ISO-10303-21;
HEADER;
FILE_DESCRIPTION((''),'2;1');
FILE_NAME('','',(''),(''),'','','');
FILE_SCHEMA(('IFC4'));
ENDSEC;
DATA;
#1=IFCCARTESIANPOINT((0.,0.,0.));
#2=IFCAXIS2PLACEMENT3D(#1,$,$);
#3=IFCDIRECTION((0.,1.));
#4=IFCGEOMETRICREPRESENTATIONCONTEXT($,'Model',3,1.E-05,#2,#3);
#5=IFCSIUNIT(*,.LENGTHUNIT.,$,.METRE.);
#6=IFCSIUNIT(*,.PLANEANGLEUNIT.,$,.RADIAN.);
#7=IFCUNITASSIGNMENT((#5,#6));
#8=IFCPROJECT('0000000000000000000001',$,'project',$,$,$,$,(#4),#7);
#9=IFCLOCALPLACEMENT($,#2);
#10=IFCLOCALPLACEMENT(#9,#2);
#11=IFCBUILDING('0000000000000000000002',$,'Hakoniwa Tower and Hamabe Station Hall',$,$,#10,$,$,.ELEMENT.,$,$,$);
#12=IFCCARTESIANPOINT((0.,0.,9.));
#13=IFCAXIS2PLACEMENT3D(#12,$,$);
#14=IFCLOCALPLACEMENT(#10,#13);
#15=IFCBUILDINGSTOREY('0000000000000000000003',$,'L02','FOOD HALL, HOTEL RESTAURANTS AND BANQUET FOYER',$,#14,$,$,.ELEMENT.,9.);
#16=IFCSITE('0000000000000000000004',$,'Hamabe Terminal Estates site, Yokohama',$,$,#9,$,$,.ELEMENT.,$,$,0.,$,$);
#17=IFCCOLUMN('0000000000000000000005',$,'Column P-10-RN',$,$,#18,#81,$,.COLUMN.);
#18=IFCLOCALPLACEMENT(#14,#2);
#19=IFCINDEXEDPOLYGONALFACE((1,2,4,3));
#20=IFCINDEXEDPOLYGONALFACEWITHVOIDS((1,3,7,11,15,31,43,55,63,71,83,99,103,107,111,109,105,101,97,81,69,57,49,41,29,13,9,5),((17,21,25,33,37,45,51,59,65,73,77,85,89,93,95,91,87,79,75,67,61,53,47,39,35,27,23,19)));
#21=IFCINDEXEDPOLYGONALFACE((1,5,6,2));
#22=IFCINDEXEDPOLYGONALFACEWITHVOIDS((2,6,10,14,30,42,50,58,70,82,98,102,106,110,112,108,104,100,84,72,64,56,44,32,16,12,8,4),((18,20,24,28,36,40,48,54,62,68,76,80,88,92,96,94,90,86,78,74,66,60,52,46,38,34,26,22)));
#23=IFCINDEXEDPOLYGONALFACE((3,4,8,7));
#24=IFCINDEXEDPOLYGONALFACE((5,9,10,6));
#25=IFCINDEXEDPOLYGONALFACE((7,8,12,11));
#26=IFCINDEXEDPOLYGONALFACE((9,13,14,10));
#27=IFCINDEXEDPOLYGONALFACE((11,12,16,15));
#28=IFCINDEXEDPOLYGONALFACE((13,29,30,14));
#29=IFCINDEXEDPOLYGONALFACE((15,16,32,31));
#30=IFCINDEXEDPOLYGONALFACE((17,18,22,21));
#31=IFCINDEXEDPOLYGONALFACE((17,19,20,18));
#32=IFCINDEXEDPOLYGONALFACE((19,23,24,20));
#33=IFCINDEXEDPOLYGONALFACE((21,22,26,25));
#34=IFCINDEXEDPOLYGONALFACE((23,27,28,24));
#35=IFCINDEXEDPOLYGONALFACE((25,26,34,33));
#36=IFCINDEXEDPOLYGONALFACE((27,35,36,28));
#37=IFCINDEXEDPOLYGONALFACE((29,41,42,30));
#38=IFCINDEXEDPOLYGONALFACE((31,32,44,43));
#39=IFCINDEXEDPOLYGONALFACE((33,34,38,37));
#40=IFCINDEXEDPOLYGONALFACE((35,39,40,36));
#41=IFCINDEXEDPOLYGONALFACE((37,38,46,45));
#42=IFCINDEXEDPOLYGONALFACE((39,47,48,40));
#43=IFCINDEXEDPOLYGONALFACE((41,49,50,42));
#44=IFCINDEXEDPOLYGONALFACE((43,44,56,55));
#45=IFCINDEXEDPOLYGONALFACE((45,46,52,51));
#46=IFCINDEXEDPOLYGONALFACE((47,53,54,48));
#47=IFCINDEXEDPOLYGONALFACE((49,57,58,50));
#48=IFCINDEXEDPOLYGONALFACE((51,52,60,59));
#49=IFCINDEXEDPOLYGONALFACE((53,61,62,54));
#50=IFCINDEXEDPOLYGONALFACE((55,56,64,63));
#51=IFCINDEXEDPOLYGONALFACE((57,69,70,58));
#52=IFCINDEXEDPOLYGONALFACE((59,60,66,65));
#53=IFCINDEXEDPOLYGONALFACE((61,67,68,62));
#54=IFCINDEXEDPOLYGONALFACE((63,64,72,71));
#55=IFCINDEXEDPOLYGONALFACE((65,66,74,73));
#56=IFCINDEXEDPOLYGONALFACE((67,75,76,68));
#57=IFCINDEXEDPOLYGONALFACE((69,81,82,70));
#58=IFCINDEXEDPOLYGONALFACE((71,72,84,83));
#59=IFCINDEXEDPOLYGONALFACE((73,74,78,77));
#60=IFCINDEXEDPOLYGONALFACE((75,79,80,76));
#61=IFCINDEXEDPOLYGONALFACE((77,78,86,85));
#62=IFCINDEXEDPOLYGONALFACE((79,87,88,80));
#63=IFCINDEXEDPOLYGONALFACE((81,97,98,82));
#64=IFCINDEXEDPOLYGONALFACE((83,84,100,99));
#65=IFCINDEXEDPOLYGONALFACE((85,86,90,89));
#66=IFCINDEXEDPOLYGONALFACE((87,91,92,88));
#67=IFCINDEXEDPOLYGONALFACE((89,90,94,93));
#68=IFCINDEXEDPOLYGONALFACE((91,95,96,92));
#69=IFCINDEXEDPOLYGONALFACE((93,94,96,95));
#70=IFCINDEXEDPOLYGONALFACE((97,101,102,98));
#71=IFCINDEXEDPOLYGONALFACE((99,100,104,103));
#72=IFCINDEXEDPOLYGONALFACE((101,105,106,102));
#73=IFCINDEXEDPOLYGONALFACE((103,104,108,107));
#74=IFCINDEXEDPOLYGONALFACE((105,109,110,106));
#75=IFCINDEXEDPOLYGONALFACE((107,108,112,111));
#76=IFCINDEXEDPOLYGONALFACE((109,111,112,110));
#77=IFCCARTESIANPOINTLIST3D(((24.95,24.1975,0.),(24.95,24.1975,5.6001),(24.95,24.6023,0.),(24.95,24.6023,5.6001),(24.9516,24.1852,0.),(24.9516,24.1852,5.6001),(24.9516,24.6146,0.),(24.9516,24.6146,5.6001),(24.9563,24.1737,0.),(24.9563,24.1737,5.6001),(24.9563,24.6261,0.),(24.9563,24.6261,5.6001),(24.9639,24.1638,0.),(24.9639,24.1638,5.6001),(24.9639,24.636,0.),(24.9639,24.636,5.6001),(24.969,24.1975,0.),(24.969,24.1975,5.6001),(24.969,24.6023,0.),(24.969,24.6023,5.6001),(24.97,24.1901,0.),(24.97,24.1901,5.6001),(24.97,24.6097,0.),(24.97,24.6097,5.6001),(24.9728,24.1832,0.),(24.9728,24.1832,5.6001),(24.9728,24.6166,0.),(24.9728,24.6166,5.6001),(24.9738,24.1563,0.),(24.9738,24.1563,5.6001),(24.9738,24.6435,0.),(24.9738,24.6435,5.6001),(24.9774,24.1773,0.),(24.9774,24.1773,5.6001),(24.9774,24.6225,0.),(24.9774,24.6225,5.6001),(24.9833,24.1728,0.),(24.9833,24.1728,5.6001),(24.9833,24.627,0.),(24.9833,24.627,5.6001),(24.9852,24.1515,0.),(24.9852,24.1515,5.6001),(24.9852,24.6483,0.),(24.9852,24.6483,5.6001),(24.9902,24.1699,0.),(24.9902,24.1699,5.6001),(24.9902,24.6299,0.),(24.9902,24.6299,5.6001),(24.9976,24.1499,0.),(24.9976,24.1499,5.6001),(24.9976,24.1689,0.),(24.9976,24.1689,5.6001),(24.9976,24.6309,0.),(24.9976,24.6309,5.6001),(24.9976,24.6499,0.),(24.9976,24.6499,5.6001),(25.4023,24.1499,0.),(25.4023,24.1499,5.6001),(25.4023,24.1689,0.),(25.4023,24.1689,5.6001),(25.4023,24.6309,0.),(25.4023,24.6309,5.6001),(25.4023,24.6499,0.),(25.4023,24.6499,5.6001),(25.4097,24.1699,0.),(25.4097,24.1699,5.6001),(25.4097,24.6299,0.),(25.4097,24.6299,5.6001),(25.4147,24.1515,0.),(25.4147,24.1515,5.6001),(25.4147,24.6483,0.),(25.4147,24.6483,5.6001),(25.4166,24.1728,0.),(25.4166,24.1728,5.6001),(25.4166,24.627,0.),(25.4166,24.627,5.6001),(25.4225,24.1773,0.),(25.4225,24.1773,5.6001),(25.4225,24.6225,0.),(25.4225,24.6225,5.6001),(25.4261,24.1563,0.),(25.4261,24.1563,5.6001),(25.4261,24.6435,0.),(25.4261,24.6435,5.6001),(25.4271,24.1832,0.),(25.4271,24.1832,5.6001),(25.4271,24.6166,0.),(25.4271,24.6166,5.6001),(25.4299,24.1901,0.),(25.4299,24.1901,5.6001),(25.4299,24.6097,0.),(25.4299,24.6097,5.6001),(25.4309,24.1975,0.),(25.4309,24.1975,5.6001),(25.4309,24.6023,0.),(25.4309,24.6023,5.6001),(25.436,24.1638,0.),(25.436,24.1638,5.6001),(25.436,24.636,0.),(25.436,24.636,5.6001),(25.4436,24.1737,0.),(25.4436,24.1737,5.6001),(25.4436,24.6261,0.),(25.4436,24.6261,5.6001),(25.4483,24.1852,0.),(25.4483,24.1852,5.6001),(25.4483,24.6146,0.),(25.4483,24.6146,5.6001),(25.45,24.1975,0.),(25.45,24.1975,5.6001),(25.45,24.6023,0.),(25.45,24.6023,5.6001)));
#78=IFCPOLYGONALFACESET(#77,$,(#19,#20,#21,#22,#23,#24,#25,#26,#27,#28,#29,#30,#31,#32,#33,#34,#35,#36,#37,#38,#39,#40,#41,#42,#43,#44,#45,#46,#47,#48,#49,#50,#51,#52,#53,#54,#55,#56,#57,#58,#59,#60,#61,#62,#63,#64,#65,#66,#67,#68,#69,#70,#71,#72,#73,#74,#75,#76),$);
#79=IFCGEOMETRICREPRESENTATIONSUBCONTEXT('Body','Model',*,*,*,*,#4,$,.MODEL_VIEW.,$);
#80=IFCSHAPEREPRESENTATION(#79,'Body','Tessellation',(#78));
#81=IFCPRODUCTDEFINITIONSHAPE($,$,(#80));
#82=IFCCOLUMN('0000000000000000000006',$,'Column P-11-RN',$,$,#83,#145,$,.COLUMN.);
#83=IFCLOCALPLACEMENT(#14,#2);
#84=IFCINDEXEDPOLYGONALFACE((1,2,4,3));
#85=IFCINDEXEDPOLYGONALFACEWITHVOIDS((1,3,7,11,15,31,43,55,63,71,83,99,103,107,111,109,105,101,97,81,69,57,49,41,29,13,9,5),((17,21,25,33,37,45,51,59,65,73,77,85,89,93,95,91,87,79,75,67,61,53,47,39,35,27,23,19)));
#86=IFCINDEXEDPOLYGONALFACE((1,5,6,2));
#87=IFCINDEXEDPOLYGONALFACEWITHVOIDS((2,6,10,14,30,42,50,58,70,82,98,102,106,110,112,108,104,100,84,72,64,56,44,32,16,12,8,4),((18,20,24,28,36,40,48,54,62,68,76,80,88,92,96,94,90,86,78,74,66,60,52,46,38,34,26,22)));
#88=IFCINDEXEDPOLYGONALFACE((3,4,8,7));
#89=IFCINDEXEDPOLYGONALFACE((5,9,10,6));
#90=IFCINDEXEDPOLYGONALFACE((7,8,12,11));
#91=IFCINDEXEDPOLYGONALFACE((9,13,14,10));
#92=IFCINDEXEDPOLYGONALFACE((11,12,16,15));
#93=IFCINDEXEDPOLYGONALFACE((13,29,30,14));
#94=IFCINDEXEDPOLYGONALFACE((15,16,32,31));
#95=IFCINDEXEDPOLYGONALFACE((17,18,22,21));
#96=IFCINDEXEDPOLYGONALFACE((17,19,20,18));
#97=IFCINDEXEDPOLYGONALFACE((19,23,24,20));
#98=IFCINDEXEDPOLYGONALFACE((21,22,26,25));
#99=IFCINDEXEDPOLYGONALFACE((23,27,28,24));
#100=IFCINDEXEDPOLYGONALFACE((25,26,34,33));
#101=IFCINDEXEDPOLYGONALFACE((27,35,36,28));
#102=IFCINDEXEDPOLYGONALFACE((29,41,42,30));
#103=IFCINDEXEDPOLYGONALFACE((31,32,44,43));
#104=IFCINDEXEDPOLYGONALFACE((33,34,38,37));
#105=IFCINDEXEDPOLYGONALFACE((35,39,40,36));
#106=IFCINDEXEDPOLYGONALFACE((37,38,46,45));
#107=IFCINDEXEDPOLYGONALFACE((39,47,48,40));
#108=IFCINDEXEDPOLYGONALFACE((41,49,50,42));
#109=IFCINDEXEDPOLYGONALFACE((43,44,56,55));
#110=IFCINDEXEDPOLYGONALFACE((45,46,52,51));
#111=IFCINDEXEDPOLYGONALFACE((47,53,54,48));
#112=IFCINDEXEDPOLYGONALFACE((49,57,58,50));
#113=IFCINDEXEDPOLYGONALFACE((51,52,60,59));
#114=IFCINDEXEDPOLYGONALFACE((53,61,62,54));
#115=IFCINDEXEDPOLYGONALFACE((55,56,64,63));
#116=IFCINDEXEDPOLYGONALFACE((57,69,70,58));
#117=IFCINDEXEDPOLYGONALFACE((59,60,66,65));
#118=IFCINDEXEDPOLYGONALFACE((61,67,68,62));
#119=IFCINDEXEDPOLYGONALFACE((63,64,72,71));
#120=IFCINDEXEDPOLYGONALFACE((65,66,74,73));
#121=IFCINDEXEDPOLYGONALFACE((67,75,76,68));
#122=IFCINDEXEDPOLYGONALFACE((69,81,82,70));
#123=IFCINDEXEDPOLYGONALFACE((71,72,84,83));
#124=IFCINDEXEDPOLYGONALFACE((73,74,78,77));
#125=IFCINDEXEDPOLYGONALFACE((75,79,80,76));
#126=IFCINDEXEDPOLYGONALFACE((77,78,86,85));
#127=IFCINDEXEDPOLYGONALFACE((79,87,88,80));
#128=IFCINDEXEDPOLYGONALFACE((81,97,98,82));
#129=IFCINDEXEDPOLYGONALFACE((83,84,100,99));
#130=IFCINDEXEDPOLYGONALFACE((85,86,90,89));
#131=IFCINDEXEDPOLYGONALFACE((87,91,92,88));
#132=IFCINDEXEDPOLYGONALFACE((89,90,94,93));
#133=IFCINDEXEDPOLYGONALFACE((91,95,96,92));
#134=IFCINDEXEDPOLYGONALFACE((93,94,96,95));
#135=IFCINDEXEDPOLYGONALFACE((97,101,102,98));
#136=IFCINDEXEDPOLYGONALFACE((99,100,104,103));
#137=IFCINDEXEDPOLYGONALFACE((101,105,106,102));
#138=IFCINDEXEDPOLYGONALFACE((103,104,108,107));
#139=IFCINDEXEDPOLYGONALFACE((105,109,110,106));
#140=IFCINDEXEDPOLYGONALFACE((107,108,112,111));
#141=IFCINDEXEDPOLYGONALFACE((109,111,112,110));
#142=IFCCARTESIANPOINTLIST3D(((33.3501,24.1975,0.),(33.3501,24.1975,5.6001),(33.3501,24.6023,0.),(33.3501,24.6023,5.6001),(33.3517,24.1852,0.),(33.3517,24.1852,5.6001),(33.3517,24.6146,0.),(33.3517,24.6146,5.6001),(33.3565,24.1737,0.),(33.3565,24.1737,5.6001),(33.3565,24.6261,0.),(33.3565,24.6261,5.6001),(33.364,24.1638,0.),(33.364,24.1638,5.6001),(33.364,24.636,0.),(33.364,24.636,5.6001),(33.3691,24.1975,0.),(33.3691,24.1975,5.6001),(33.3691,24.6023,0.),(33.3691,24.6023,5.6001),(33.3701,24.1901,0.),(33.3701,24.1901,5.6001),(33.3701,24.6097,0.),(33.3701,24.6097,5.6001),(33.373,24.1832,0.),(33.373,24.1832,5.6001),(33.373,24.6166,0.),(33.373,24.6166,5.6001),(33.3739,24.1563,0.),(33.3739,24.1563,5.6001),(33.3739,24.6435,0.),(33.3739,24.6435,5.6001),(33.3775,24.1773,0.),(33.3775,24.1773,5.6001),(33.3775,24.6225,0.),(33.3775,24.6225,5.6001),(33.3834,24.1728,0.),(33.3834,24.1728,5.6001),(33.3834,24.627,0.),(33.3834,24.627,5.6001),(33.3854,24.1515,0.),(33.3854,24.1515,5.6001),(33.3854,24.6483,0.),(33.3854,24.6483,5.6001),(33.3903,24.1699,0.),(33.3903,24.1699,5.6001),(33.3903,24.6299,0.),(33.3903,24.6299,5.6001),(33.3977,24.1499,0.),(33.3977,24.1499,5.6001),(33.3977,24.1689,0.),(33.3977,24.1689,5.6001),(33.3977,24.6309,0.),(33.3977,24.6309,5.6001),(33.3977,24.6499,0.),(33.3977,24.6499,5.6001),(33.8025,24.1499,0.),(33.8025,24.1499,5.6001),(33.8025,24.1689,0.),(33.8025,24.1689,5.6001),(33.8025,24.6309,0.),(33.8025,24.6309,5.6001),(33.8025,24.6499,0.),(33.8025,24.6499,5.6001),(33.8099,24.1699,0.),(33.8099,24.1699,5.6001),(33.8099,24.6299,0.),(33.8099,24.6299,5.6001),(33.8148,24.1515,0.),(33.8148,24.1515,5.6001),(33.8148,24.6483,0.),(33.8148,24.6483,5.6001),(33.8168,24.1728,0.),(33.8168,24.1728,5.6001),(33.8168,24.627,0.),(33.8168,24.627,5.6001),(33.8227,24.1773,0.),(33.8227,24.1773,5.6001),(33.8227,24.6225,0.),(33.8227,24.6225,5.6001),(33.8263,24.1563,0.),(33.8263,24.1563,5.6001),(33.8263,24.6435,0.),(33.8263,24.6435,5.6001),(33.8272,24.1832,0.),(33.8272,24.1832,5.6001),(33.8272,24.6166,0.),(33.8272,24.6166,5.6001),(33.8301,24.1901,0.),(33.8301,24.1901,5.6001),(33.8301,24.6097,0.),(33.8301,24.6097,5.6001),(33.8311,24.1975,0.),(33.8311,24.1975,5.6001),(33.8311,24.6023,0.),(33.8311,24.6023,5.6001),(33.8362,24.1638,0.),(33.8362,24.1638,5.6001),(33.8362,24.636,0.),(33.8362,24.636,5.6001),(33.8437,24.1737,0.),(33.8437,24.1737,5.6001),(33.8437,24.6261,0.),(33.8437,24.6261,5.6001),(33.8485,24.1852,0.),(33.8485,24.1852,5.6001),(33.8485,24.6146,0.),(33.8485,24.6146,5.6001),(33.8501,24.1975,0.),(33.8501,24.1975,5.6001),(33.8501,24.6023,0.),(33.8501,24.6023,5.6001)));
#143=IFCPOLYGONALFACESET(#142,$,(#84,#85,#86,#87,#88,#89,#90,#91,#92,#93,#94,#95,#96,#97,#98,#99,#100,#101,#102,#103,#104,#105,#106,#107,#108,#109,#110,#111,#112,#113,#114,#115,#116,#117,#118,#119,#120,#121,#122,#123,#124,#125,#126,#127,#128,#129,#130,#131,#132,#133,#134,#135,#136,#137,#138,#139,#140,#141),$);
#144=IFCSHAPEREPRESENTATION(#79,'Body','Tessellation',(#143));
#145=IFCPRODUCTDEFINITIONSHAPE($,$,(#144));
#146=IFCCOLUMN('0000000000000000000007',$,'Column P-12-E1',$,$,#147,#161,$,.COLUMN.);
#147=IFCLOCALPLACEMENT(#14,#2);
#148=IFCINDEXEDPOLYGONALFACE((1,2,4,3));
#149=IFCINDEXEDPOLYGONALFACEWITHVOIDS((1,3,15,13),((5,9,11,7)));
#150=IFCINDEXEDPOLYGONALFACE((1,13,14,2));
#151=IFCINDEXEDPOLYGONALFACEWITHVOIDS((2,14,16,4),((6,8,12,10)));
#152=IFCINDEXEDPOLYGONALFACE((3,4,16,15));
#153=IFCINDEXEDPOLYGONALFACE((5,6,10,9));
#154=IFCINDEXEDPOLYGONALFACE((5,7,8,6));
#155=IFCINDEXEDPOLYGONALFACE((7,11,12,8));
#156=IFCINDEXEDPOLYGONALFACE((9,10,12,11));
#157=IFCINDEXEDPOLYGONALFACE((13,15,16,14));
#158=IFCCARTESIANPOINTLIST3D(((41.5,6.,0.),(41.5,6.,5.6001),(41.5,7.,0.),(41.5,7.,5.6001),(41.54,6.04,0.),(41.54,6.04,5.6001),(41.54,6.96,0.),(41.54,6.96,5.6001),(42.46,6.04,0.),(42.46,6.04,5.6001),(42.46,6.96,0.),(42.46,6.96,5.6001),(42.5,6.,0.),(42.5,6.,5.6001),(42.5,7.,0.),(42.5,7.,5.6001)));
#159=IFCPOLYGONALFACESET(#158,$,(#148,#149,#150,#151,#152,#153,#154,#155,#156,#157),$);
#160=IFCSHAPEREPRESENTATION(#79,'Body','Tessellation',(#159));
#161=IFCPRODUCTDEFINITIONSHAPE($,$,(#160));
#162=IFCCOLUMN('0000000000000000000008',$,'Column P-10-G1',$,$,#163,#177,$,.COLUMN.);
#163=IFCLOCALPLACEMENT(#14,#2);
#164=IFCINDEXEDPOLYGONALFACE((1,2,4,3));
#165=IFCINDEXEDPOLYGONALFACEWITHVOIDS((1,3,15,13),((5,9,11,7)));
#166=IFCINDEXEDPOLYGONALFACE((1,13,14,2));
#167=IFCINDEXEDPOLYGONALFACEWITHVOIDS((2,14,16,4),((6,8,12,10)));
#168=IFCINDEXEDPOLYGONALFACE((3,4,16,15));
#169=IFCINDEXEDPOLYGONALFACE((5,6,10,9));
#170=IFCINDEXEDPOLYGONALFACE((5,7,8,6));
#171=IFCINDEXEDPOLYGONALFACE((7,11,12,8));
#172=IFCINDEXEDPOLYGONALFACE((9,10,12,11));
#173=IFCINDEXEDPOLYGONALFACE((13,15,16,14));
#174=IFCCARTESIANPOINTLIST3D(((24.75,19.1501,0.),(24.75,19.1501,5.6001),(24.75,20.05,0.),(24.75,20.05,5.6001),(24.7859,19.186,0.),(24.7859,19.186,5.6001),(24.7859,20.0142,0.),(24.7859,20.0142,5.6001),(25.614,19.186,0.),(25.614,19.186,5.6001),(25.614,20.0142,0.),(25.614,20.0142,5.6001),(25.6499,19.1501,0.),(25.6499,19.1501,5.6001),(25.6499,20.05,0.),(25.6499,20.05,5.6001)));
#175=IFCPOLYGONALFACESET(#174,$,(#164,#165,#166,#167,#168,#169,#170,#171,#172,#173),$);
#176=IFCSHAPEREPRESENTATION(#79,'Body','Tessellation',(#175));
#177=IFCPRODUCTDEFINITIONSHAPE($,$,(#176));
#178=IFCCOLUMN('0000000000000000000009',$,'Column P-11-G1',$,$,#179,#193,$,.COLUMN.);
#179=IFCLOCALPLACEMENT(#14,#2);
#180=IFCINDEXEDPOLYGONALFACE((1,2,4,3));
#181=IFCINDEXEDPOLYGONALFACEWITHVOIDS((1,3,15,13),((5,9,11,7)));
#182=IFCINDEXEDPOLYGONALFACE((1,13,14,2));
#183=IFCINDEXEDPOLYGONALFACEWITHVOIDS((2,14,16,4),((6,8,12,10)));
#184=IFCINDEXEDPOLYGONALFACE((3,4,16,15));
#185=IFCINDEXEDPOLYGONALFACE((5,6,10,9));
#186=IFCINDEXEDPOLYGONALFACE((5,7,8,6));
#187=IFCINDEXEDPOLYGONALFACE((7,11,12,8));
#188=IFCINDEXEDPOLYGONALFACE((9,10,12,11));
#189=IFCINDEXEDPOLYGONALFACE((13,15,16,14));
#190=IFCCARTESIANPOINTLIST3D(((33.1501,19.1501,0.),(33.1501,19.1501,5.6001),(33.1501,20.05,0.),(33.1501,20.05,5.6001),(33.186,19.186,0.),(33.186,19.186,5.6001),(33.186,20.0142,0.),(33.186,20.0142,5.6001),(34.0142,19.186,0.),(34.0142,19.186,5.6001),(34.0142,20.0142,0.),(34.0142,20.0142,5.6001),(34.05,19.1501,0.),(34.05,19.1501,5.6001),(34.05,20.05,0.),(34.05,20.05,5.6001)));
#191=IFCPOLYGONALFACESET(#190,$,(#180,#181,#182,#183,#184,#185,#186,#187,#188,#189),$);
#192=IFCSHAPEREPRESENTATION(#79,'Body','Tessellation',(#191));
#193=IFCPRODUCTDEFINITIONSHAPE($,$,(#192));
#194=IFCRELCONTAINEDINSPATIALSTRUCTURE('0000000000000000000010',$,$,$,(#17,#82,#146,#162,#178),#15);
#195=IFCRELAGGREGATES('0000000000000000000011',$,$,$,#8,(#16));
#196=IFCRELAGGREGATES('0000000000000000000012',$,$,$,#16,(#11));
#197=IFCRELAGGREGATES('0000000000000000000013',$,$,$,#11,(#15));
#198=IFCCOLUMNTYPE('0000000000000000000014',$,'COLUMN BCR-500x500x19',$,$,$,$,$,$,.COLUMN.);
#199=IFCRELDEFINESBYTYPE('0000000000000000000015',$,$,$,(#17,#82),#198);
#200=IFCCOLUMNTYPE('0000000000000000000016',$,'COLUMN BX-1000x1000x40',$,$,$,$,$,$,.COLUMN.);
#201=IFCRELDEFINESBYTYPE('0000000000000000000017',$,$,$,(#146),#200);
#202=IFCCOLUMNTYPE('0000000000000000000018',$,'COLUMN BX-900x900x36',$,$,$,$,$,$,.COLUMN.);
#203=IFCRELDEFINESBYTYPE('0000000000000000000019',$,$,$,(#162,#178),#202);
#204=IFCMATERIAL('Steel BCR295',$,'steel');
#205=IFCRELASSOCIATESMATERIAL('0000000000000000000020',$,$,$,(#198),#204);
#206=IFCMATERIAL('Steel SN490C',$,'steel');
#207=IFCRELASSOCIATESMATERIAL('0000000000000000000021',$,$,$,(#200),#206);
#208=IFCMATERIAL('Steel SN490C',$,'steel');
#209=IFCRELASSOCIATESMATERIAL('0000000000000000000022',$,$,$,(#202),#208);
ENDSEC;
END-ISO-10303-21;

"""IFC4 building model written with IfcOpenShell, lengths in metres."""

from ifc_helpers import new_model, si_unit, direction, frame, origin, origin_2d, place, context, subcontext, project, spatial, hollow_rectangle, extrude, material, material_profile, profile_set, type_object, element, save


model = new_model("IFC4")

# Units and contexts
model_context = context("Model", 3, precision=1e-05, world=origin(), true_north=direction((0.0, 1.0)))
body_context = subcontext(model_context, "Body", "Model", "MODEL_VIEW")
ifc_project = project(units=[si_unit("LENGTHUNIT", "METRE"), si_unit("PLANEANGLEUNIT", "RADIAN")], contexts=[model_context])

# Site, building, storey
site_placement = place(None, origin())
site = spatial("IfcSite", under=ifc_project, at=site_placement, Name="Hamabe Terminal Estates site, Yokohama", CompositionType="ELEMENT", RefElevation=0.0)
building_placement = place(site_placement, origin())
building = spatial("IfcBuilding", under=site, at=building_placement, Name="Hakoniwa Tower and Hamabe Station Hall", CompositionType="ELEMENT")
storey_placement = place(building_placement, frame((0.0, 0.0, 9.0)))
storey = spatial("IfcBuildingStorey", under=building, at=storey_placement, Name="L02", Description="FOOD HALL, HOTEL RESTAURANTS AND BANQUET FOYER", CompositionType="ELEMENT", Elevation=9.0)

# Columns
ifc_material_1 = material(Name="Steel BCR295", Category="steel")
ifc_material_profile_1 = material_profile(ifc_material_1, hollow_rectangle(XDim=0.5, YDim=0.5, WallThickness=0.019, InnerFilletRadius=0.0286, OuterFilletRadius=0.0476, at=origin_2d()), Name="BCR-500x500x19")
ifc_profile_set_1 = profile_set([ifc_material_profile_1], Name="Steel BCR295")
column_type_1 = type_object("IfcColumnType", Name="COLUMN BCR-500x500x19", PredefinedType="COLUMN", material=ifc_profile_set_1)
for number, where, z_axis, x_axis, name in (
    (1, (25.2, 24.3999, 0.0), (0.0, 0.0, 1.0), (1.0, 0.0, 0.0), "Column P-10-RN"),
    (2, (33.6001, 24.3999, 0.0), (0.0, 0.0, 1.0), (1.0, 0.0, 0.0), "Column P-11-RN"),
):
    element("IfcColumn", number, at=place(storey_placement, frame(where, z_axis=z_axis, x_axis=x_axis)), inside=storey, type_object=column_type_1, Name=name, PredefinedType="COLUMN", context=body_context, shape_type="SweptSolid", body=[
        extrude(hollow_rectangle(XDim=0.5, YDim=0.5, WallThickness=0.019, InnerFilletRadius=0.0286, OuterFilletRadius=0.0476, at=origin_2d()), origin(), (0.0, 0.0, 1.0), 5.6001),
    ])
ifc_material_2 = material(Name="Steel SN490C", Category="steel")
ifc_material_profile_2 = material_profile(ifc_material_2, hollow_rectangle(XDim=1.0, YDim=1.0, WallThickness=0.04, at=origin_2d()), Name="BX-1000x1000x40")
ifc_profile_set_2 = profile_set([ifc_material_profile_2], Name="Steel SN490C")
column_type_2 = type_object("IfcColumnType", Name="COLUMN BX-1000x1000x40", PredefinedType="COLUMN", material=ifc_profile_set_2)
column_placement = place(storey_placement, frame((42.0, 6.5, 0.0), z_axis=(0.0, 0.0, 1.0), x_axis=(1.0, 0.0, 0.0)))
element("IfcColumn", 3, at=column_placement, inside=storey, type_object=column_type_2, Name="Column P-12-E1", PredefinedType="COLUMN", context=body_context, shape_type="SweptSolid", body=[
    extrude(hollow_rectangle(XDim=1.0, YDim=1.0, WallThickness=0.04, at=origin_2d()), origin(), (0.0, 0.0, 1.0), 5.6001),
])
ifc_material_3 = material(Name="Steel SN490C", Category="steel")
ifc_material_profile_3 = material_profile(ifc_material_3, hollow_rectangle(XDim=0.8999, YDim=0.8999, WallThickness=0.0359, at=origin_2d()), Name="BX-900x900x36")
ifc_profile_set_3 = profile_set([ifc_material_profile_3], Name="Steel SN490C")
column_type_3 = type_object("IfcColumnType", Name="COLUMN BX-900x900x36", PredefinedType="COLUMN", material=ifc_profile_set_3)
for number, where, z_axis, x_axis, name in (
    (4, (25.2, 19.6001, 0.0), (0.0, 0.0, 1.0), (1.0, 0.0, 0.0), "Column P-10-G1"),
    (5, (33.6001, 19.6001, 0.0), (0.0, 0.0, 1.0), (1.0, 0.0, 0.0), "Column P-11-G1"),
):
    element("IfcColumn", number, at=place(storey_placement, frame(where, z_axis=z_axis, x_axis=x_axis)), inside=storey, type_object=column_type_3, Name=name, PredefinedType="COLUMN", context=body_context, shape_type="SweptSolid", body=[
        extrude(hollow_rectangle(XDim=0.8999, YDim=0.8999, WallThickness=0.0359, at=origin_2d()), origin(), (0.0, 0.0, 1.0), 5.6001),
    ])

save(model, "model.ifc")
